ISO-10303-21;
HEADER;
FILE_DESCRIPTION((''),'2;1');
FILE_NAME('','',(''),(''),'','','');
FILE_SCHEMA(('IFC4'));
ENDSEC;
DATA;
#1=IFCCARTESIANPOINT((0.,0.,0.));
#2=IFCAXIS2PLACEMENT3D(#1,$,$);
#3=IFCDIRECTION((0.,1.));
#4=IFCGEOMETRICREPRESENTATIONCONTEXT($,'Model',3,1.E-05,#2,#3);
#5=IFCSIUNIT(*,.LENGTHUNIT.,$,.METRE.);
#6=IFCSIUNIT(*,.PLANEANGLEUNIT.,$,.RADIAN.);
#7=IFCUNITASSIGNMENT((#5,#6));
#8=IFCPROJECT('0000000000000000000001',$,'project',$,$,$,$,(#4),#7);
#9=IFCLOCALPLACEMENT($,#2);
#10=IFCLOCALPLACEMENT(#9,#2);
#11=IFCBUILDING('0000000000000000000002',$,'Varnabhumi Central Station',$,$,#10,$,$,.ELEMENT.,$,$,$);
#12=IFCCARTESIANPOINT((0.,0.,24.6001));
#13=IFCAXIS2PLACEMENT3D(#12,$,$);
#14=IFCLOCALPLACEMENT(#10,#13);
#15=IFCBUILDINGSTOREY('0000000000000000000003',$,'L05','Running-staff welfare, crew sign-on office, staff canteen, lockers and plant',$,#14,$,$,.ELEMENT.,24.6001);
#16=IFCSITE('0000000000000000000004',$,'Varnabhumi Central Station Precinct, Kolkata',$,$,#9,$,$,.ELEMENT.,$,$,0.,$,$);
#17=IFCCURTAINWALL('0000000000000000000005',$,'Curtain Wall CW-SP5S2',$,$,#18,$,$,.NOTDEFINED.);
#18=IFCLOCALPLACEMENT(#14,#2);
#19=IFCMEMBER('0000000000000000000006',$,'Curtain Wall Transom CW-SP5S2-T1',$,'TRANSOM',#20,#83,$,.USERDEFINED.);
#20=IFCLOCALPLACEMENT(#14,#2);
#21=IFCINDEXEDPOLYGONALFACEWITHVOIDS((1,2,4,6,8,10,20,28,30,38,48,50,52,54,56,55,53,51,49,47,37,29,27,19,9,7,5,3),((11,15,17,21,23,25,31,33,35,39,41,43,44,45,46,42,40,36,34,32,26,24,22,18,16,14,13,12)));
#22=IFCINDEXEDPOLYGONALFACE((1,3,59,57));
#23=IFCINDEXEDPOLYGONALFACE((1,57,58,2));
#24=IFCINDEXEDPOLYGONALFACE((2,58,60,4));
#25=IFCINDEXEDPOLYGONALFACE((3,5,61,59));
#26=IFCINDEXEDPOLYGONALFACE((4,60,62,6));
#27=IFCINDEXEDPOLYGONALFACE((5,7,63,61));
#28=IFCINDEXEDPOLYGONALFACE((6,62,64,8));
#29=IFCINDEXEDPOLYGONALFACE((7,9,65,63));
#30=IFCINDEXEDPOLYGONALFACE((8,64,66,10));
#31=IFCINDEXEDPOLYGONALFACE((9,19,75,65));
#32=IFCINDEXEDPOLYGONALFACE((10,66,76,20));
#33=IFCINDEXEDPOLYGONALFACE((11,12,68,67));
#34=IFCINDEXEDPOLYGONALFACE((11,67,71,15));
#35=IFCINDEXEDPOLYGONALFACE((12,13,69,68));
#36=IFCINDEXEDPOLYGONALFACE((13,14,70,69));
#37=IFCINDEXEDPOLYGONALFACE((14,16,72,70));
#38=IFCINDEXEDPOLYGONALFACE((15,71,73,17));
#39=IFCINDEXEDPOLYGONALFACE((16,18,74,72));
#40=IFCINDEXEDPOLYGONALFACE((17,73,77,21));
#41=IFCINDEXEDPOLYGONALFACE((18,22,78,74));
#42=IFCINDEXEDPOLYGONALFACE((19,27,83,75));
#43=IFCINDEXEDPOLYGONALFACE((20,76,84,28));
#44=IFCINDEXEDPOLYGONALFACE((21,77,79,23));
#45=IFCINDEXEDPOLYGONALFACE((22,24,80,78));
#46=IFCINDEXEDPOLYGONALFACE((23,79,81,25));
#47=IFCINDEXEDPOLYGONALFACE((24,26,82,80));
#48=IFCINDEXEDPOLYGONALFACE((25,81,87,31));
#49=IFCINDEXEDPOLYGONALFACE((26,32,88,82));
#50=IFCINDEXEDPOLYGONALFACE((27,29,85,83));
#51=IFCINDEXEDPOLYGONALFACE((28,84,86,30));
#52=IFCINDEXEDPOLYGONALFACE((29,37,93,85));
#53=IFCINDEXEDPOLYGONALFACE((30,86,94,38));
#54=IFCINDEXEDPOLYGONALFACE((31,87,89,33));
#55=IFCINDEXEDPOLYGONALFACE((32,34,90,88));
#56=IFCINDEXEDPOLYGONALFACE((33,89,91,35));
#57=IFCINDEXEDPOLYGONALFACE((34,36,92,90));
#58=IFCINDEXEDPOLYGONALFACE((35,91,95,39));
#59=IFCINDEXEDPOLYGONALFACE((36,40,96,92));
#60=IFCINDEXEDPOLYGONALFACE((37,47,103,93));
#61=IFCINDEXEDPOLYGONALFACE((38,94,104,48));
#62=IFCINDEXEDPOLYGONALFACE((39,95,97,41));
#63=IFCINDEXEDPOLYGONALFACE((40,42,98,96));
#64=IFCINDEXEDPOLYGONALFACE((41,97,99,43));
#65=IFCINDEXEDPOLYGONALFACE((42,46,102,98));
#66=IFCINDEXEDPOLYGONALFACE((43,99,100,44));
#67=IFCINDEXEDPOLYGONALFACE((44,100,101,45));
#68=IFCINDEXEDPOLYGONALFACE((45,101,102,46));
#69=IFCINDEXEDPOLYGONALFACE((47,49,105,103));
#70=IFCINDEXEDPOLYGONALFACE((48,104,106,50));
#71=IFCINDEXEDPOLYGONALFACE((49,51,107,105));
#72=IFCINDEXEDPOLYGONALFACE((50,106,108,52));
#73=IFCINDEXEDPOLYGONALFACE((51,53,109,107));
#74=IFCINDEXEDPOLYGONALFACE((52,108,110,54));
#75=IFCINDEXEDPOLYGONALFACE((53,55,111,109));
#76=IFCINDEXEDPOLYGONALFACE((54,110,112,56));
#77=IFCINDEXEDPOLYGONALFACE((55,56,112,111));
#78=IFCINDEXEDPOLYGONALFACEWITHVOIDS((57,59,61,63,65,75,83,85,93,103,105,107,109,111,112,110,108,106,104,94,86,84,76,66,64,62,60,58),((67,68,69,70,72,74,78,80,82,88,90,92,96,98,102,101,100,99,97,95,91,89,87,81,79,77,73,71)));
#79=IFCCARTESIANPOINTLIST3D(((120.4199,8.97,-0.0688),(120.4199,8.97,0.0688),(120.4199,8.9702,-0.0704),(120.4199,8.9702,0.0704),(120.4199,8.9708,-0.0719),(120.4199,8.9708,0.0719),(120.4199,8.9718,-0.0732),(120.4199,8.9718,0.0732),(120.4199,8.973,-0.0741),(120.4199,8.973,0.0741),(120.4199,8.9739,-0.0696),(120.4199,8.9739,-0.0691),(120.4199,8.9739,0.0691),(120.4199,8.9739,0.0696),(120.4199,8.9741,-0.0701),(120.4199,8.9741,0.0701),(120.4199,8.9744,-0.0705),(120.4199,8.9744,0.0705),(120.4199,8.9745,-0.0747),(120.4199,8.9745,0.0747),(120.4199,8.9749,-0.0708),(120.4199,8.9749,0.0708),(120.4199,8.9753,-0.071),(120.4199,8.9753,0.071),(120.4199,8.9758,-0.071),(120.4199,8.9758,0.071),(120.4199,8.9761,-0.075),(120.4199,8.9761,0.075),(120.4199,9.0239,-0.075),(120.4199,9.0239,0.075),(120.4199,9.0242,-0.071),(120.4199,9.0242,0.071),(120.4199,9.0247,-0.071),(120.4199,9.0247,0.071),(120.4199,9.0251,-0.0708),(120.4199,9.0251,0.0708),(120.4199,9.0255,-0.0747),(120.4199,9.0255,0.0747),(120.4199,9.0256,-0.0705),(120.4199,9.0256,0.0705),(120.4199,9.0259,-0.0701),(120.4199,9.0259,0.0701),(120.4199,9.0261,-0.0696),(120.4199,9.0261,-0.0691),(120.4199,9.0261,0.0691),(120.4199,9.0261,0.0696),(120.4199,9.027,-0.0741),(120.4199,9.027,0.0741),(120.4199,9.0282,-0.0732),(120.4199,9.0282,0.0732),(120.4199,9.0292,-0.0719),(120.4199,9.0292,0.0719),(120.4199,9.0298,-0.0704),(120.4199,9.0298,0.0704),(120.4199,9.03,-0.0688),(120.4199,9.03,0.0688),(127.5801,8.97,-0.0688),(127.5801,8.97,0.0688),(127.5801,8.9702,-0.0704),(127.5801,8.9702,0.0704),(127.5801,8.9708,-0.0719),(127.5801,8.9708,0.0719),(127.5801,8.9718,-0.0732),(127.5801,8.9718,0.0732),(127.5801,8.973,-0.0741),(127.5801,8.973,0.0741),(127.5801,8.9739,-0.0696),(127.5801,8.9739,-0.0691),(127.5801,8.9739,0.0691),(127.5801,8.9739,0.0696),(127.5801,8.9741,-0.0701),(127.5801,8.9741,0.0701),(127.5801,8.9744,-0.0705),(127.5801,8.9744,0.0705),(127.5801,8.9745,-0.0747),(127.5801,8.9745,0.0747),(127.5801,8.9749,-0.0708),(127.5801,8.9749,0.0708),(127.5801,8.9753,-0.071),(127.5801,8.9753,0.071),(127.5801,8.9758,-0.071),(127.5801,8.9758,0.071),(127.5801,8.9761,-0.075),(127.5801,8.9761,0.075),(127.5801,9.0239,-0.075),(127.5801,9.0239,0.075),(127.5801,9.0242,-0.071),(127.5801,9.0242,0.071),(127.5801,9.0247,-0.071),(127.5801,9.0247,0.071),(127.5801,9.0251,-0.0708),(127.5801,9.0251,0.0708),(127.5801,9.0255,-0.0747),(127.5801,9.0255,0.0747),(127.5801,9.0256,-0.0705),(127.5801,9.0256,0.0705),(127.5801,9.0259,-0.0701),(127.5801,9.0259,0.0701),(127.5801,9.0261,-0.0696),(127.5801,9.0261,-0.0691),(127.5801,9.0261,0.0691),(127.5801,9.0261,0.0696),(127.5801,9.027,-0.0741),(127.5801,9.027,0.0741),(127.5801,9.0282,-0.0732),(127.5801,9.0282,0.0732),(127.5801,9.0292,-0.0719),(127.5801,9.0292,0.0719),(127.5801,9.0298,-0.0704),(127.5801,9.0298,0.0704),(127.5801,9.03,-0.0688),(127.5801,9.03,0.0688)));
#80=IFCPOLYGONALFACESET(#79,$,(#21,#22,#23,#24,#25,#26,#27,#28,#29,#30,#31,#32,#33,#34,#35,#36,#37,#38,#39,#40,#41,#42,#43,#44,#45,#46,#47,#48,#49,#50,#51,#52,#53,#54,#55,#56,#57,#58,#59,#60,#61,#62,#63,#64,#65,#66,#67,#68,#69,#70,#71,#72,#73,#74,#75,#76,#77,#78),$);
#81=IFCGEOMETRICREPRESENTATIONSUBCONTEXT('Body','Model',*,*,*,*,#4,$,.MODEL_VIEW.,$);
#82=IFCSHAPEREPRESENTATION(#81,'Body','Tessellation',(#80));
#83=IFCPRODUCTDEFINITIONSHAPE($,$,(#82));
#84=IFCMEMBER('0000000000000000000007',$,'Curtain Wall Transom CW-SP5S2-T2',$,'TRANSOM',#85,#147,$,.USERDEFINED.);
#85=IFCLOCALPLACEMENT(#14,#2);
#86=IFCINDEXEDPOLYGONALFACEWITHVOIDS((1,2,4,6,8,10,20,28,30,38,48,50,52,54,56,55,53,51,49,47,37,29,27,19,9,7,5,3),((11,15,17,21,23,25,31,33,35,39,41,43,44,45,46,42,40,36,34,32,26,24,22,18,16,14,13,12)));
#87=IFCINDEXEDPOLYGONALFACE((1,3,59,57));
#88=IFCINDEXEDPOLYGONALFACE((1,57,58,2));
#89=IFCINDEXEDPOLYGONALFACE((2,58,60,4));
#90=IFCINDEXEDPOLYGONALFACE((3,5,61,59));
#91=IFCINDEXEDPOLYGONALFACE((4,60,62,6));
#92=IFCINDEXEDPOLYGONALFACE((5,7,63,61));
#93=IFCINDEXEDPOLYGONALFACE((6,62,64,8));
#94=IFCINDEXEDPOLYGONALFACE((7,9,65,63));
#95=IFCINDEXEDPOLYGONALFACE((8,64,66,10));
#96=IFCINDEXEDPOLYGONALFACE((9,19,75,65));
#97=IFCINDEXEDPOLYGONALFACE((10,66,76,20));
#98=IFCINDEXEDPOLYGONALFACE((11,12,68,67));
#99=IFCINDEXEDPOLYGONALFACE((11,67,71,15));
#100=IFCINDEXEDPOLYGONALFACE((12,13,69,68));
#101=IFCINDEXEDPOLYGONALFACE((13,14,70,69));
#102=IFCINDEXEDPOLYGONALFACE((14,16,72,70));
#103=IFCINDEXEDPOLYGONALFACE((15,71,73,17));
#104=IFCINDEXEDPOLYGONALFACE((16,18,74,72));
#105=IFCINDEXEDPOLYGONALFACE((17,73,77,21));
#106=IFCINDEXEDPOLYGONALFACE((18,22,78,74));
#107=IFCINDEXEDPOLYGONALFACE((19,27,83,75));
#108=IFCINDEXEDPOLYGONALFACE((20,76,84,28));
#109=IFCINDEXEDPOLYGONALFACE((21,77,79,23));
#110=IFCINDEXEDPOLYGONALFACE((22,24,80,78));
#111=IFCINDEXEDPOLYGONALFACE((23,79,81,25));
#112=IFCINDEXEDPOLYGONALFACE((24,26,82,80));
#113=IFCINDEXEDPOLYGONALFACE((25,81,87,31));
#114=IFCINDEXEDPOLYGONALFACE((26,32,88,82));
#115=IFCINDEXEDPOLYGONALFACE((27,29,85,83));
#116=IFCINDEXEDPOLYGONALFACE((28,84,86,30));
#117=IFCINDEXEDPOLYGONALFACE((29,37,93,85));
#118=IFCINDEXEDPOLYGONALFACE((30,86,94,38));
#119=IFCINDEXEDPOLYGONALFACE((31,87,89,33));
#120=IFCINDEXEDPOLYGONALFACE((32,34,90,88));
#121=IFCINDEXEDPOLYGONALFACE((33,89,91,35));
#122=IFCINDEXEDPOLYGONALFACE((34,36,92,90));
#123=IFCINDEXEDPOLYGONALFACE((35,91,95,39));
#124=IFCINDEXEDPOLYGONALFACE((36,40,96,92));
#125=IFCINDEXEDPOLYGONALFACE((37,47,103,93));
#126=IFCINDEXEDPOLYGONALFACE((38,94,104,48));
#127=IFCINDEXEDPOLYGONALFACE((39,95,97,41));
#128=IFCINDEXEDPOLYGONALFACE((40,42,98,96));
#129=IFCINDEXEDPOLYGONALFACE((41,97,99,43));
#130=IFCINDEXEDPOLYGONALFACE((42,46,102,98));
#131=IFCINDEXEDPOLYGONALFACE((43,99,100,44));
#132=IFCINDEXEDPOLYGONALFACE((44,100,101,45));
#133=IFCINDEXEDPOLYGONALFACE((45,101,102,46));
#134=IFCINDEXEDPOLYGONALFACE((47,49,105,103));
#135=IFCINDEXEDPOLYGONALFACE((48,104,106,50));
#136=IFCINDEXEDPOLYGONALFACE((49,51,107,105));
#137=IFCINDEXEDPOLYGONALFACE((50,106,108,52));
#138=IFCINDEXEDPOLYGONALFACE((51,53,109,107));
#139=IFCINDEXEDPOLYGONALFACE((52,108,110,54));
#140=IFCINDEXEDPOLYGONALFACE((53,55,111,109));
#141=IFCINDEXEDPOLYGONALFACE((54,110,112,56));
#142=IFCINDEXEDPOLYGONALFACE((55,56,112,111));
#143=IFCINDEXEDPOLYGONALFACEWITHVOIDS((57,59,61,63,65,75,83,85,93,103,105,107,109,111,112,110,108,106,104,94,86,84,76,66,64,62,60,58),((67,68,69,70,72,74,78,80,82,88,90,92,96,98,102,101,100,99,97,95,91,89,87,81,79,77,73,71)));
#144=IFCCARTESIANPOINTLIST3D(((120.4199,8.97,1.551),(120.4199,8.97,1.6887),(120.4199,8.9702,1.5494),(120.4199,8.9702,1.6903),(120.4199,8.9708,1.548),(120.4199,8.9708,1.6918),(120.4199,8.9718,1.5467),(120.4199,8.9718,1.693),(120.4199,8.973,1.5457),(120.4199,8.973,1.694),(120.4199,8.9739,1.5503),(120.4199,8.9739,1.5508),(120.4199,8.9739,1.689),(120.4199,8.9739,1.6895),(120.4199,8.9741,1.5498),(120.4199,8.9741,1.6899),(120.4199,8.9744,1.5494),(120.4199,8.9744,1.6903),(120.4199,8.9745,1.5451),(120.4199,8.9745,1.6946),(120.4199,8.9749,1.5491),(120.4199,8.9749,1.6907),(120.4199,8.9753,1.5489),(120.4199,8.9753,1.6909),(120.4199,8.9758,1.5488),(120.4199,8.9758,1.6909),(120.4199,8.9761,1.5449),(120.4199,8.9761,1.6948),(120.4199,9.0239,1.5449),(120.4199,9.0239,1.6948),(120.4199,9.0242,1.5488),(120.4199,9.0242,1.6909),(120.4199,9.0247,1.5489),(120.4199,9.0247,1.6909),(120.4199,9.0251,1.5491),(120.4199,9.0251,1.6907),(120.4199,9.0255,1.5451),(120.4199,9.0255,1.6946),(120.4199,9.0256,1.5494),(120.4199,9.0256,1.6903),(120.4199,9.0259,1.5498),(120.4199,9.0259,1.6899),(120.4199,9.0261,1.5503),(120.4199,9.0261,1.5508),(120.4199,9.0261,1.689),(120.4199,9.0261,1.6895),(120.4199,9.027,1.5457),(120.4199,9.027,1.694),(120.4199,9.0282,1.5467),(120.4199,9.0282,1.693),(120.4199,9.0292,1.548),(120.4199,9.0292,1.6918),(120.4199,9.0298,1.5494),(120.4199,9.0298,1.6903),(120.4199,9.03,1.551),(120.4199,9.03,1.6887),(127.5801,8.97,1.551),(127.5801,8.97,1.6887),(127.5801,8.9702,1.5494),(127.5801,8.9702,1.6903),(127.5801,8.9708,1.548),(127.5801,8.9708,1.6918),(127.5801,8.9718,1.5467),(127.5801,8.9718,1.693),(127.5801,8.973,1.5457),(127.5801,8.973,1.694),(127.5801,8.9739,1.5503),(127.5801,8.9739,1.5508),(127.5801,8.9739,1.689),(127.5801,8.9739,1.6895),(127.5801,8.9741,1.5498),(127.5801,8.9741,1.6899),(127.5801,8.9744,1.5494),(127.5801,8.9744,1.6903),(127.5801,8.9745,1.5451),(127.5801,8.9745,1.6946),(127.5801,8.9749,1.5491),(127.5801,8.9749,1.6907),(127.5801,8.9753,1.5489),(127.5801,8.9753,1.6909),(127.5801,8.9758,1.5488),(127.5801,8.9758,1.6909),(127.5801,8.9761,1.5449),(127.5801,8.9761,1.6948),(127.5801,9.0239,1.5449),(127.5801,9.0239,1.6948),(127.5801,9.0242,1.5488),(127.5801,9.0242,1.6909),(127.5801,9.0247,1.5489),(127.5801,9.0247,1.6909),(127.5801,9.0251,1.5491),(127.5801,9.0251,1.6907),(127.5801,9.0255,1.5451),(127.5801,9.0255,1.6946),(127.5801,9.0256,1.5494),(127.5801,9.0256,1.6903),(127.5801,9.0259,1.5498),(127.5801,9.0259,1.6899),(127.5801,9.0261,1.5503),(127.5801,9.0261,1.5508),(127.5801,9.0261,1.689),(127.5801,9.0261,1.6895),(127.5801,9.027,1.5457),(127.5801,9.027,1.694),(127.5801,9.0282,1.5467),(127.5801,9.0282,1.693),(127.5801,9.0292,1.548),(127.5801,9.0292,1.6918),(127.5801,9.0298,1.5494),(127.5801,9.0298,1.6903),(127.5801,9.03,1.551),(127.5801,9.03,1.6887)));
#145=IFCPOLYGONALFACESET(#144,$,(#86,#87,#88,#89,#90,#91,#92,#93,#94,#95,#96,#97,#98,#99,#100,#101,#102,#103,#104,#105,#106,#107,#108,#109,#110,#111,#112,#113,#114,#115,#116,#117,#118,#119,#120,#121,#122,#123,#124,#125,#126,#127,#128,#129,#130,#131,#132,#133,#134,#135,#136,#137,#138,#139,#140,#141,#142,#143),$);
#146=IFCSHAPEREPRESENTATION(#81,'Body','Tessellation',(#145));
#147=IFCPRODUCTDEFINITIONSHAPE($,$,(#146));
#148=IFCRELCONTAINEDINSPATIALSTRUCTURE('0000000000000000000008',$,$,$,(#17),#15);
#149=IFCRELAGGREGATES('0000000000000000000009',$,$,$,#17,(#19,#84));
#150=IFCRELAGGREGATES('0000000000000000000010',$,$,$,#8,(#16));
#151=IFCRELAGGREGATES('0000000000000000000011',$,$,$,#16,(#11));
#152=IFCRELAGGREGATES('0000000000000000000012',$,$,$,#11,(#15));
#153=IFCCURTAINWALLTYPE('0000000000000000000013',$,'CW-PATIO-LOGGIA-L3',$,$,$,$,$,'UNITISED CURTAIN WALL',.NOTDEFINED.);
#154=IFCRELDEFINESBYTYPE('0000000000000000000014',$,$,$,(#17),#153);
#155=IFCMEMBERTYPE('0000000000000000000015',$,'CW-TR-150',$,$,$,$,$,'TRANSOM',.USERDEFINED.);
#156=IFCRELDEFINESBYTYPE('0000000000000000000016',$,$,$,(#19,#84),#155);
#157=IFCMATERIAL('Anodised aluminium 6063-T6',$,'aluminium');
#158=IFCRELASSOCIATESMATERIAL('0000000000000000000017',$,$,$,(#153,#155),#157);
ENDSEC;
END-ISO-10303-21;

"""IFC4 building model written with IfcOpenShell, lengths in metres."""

from ifc_helpers import new_model, si_unit, direction, frame, origin, origin_2d, place, context, subcontext, project, spatial, hollow_rectangle, extrude, material, material_profile, profile_set, type_object, element, aggregate, save


model = new_model("IFC4")

# Units and contexts
model_context = context("Model", 3, precision=1e-05, world=origin(), true_north=direction((0.0, 1.0)))
body_context = subcontext(model_context, "Body", "Model", "MODEL_VIEW")
ifc_project = project(units=[si_unit("LENGTHUNIT", "METRE"), si_unit("PLANEANGLEUNIT", "RADIAN")], contexts=[model_context])

# Site, building, storey
site_placement = place(None, origin())
site = spatial("IfcSite", under=ifc_project, at=site_placement, Name="Varnabhumi Central Station Precinct, Kolkata", CompositionType="ELEMENT", RefElevation=0.0)
building_placement = place(site_placement, origin())
building = spatial("IfcBuilding", under=site, at=building_placement, Name="Varnabhumi Central Station", CompositionType="ELEMENT")
storey_placement = place(building_placement, frame((0.0, 0.0, 24.6001)))
storey = spatial("IfcBuildingStorey", under=building, at=storey_placement, Name="L05", Description="Running-staff welfare, crew sign-on office, staff canteen, lockers and plant", CompositionType="ELEMENT", Elevation=24.6001)

# Curtain wall, members
ifc_material_1 = material(Name="Anodised aluminium 6063-T6", Category="aluminium")
curtain_wall_type = type_object("IfcCurtainWallType", Name="CW-PATIO-LOGGIA-L3", ElementType="UNITISED CURTAIN WALL", PredefinedType="NOTDEFINED", material=ifc_material_1)
curtain_wall_placement = place(storey_placement, origin())
curtain_wall = element("IfcCurtainWall", 1, at=curtain_wall_placement, inside=storey, type_object=curtain_wall_type, Name="Curtain Wall CW-SP5S2", PredefinedType="NOTDEFINED")
ifc_material_profile_1 = material_profile(ifc_material_1, hollow_rectangle(XDim=0.0601, YDim=0.1499, WallThickness=0.0039, InnerFilletRadius=0.002, OuterFilletRadius=0.0061, at=origin_2d()), Name="Anodised aluminium 6063-T6", Category="aluminium")
ifc_profile_set_1 = profile_set([ifc_material_profile_1], Name="Anodised aluminium 6063-T6")
member_type_1 = type_object("IfcMemberType", Name="CW-TR-150", ElementType="TRANSOM", PredefinedType="USERDEFINED", material=ifc_profile_set_1)
member_1_placement = place(storey_placement, frame((120.4199, 9.0, 0.0), z_axis=(1.0, 0.0, 0.0), x_axis=(0.0, 1.0, 0.0)))
member_1 = element("IfcMember", 2, at=member_1_placement, type_object=member_type_1, Name="Curtain Wall Transom CW-SP5S2-T1", ObjectType="TRANSOM", PredefinedType="USERDEFINED", context=body_context, shape_type="SweptSolid", body=[
    extrude(hollow_rectangle(XDim=0.0601, YDim=0.1499, WallThickness=0.0039, InnerFilletRadius=0.002, OuterFilletRadius=0.0061, at=origin_2d()), origin(), (0.0, 0.0, 1.0), 7.1602),
])
member_2_placement = place(storey_placement, frame((120.4199, 9.0, 1.6199), z_axis=(1.0, 0.0, 0.0), x_axis=(0.0, 1.0, 0.0)))
member_2 = element("IfcMember", 3, at=member_2_placement, type_object=member_type_1, Name="Curtain Wall Transom CW-SP5S2-T2", ObjectType="TRANSOM", PredefinedType="USERDEFINED", context=body_context, shape_type="SweptSolid", body=[
    extrude(hollow_rectangle(XDim=0.0601, YDim=0.1499, WallThickness=0.0039, InnerFilletRadius=0.002, OuterFilletRadius=0.0061, at=origin_2d()), origin(), (0.0, 0.0, 1.0), 7.1602),
])

aggregate(curtain_wall, [member_1, member_2])

save(model, "model.ifc")
